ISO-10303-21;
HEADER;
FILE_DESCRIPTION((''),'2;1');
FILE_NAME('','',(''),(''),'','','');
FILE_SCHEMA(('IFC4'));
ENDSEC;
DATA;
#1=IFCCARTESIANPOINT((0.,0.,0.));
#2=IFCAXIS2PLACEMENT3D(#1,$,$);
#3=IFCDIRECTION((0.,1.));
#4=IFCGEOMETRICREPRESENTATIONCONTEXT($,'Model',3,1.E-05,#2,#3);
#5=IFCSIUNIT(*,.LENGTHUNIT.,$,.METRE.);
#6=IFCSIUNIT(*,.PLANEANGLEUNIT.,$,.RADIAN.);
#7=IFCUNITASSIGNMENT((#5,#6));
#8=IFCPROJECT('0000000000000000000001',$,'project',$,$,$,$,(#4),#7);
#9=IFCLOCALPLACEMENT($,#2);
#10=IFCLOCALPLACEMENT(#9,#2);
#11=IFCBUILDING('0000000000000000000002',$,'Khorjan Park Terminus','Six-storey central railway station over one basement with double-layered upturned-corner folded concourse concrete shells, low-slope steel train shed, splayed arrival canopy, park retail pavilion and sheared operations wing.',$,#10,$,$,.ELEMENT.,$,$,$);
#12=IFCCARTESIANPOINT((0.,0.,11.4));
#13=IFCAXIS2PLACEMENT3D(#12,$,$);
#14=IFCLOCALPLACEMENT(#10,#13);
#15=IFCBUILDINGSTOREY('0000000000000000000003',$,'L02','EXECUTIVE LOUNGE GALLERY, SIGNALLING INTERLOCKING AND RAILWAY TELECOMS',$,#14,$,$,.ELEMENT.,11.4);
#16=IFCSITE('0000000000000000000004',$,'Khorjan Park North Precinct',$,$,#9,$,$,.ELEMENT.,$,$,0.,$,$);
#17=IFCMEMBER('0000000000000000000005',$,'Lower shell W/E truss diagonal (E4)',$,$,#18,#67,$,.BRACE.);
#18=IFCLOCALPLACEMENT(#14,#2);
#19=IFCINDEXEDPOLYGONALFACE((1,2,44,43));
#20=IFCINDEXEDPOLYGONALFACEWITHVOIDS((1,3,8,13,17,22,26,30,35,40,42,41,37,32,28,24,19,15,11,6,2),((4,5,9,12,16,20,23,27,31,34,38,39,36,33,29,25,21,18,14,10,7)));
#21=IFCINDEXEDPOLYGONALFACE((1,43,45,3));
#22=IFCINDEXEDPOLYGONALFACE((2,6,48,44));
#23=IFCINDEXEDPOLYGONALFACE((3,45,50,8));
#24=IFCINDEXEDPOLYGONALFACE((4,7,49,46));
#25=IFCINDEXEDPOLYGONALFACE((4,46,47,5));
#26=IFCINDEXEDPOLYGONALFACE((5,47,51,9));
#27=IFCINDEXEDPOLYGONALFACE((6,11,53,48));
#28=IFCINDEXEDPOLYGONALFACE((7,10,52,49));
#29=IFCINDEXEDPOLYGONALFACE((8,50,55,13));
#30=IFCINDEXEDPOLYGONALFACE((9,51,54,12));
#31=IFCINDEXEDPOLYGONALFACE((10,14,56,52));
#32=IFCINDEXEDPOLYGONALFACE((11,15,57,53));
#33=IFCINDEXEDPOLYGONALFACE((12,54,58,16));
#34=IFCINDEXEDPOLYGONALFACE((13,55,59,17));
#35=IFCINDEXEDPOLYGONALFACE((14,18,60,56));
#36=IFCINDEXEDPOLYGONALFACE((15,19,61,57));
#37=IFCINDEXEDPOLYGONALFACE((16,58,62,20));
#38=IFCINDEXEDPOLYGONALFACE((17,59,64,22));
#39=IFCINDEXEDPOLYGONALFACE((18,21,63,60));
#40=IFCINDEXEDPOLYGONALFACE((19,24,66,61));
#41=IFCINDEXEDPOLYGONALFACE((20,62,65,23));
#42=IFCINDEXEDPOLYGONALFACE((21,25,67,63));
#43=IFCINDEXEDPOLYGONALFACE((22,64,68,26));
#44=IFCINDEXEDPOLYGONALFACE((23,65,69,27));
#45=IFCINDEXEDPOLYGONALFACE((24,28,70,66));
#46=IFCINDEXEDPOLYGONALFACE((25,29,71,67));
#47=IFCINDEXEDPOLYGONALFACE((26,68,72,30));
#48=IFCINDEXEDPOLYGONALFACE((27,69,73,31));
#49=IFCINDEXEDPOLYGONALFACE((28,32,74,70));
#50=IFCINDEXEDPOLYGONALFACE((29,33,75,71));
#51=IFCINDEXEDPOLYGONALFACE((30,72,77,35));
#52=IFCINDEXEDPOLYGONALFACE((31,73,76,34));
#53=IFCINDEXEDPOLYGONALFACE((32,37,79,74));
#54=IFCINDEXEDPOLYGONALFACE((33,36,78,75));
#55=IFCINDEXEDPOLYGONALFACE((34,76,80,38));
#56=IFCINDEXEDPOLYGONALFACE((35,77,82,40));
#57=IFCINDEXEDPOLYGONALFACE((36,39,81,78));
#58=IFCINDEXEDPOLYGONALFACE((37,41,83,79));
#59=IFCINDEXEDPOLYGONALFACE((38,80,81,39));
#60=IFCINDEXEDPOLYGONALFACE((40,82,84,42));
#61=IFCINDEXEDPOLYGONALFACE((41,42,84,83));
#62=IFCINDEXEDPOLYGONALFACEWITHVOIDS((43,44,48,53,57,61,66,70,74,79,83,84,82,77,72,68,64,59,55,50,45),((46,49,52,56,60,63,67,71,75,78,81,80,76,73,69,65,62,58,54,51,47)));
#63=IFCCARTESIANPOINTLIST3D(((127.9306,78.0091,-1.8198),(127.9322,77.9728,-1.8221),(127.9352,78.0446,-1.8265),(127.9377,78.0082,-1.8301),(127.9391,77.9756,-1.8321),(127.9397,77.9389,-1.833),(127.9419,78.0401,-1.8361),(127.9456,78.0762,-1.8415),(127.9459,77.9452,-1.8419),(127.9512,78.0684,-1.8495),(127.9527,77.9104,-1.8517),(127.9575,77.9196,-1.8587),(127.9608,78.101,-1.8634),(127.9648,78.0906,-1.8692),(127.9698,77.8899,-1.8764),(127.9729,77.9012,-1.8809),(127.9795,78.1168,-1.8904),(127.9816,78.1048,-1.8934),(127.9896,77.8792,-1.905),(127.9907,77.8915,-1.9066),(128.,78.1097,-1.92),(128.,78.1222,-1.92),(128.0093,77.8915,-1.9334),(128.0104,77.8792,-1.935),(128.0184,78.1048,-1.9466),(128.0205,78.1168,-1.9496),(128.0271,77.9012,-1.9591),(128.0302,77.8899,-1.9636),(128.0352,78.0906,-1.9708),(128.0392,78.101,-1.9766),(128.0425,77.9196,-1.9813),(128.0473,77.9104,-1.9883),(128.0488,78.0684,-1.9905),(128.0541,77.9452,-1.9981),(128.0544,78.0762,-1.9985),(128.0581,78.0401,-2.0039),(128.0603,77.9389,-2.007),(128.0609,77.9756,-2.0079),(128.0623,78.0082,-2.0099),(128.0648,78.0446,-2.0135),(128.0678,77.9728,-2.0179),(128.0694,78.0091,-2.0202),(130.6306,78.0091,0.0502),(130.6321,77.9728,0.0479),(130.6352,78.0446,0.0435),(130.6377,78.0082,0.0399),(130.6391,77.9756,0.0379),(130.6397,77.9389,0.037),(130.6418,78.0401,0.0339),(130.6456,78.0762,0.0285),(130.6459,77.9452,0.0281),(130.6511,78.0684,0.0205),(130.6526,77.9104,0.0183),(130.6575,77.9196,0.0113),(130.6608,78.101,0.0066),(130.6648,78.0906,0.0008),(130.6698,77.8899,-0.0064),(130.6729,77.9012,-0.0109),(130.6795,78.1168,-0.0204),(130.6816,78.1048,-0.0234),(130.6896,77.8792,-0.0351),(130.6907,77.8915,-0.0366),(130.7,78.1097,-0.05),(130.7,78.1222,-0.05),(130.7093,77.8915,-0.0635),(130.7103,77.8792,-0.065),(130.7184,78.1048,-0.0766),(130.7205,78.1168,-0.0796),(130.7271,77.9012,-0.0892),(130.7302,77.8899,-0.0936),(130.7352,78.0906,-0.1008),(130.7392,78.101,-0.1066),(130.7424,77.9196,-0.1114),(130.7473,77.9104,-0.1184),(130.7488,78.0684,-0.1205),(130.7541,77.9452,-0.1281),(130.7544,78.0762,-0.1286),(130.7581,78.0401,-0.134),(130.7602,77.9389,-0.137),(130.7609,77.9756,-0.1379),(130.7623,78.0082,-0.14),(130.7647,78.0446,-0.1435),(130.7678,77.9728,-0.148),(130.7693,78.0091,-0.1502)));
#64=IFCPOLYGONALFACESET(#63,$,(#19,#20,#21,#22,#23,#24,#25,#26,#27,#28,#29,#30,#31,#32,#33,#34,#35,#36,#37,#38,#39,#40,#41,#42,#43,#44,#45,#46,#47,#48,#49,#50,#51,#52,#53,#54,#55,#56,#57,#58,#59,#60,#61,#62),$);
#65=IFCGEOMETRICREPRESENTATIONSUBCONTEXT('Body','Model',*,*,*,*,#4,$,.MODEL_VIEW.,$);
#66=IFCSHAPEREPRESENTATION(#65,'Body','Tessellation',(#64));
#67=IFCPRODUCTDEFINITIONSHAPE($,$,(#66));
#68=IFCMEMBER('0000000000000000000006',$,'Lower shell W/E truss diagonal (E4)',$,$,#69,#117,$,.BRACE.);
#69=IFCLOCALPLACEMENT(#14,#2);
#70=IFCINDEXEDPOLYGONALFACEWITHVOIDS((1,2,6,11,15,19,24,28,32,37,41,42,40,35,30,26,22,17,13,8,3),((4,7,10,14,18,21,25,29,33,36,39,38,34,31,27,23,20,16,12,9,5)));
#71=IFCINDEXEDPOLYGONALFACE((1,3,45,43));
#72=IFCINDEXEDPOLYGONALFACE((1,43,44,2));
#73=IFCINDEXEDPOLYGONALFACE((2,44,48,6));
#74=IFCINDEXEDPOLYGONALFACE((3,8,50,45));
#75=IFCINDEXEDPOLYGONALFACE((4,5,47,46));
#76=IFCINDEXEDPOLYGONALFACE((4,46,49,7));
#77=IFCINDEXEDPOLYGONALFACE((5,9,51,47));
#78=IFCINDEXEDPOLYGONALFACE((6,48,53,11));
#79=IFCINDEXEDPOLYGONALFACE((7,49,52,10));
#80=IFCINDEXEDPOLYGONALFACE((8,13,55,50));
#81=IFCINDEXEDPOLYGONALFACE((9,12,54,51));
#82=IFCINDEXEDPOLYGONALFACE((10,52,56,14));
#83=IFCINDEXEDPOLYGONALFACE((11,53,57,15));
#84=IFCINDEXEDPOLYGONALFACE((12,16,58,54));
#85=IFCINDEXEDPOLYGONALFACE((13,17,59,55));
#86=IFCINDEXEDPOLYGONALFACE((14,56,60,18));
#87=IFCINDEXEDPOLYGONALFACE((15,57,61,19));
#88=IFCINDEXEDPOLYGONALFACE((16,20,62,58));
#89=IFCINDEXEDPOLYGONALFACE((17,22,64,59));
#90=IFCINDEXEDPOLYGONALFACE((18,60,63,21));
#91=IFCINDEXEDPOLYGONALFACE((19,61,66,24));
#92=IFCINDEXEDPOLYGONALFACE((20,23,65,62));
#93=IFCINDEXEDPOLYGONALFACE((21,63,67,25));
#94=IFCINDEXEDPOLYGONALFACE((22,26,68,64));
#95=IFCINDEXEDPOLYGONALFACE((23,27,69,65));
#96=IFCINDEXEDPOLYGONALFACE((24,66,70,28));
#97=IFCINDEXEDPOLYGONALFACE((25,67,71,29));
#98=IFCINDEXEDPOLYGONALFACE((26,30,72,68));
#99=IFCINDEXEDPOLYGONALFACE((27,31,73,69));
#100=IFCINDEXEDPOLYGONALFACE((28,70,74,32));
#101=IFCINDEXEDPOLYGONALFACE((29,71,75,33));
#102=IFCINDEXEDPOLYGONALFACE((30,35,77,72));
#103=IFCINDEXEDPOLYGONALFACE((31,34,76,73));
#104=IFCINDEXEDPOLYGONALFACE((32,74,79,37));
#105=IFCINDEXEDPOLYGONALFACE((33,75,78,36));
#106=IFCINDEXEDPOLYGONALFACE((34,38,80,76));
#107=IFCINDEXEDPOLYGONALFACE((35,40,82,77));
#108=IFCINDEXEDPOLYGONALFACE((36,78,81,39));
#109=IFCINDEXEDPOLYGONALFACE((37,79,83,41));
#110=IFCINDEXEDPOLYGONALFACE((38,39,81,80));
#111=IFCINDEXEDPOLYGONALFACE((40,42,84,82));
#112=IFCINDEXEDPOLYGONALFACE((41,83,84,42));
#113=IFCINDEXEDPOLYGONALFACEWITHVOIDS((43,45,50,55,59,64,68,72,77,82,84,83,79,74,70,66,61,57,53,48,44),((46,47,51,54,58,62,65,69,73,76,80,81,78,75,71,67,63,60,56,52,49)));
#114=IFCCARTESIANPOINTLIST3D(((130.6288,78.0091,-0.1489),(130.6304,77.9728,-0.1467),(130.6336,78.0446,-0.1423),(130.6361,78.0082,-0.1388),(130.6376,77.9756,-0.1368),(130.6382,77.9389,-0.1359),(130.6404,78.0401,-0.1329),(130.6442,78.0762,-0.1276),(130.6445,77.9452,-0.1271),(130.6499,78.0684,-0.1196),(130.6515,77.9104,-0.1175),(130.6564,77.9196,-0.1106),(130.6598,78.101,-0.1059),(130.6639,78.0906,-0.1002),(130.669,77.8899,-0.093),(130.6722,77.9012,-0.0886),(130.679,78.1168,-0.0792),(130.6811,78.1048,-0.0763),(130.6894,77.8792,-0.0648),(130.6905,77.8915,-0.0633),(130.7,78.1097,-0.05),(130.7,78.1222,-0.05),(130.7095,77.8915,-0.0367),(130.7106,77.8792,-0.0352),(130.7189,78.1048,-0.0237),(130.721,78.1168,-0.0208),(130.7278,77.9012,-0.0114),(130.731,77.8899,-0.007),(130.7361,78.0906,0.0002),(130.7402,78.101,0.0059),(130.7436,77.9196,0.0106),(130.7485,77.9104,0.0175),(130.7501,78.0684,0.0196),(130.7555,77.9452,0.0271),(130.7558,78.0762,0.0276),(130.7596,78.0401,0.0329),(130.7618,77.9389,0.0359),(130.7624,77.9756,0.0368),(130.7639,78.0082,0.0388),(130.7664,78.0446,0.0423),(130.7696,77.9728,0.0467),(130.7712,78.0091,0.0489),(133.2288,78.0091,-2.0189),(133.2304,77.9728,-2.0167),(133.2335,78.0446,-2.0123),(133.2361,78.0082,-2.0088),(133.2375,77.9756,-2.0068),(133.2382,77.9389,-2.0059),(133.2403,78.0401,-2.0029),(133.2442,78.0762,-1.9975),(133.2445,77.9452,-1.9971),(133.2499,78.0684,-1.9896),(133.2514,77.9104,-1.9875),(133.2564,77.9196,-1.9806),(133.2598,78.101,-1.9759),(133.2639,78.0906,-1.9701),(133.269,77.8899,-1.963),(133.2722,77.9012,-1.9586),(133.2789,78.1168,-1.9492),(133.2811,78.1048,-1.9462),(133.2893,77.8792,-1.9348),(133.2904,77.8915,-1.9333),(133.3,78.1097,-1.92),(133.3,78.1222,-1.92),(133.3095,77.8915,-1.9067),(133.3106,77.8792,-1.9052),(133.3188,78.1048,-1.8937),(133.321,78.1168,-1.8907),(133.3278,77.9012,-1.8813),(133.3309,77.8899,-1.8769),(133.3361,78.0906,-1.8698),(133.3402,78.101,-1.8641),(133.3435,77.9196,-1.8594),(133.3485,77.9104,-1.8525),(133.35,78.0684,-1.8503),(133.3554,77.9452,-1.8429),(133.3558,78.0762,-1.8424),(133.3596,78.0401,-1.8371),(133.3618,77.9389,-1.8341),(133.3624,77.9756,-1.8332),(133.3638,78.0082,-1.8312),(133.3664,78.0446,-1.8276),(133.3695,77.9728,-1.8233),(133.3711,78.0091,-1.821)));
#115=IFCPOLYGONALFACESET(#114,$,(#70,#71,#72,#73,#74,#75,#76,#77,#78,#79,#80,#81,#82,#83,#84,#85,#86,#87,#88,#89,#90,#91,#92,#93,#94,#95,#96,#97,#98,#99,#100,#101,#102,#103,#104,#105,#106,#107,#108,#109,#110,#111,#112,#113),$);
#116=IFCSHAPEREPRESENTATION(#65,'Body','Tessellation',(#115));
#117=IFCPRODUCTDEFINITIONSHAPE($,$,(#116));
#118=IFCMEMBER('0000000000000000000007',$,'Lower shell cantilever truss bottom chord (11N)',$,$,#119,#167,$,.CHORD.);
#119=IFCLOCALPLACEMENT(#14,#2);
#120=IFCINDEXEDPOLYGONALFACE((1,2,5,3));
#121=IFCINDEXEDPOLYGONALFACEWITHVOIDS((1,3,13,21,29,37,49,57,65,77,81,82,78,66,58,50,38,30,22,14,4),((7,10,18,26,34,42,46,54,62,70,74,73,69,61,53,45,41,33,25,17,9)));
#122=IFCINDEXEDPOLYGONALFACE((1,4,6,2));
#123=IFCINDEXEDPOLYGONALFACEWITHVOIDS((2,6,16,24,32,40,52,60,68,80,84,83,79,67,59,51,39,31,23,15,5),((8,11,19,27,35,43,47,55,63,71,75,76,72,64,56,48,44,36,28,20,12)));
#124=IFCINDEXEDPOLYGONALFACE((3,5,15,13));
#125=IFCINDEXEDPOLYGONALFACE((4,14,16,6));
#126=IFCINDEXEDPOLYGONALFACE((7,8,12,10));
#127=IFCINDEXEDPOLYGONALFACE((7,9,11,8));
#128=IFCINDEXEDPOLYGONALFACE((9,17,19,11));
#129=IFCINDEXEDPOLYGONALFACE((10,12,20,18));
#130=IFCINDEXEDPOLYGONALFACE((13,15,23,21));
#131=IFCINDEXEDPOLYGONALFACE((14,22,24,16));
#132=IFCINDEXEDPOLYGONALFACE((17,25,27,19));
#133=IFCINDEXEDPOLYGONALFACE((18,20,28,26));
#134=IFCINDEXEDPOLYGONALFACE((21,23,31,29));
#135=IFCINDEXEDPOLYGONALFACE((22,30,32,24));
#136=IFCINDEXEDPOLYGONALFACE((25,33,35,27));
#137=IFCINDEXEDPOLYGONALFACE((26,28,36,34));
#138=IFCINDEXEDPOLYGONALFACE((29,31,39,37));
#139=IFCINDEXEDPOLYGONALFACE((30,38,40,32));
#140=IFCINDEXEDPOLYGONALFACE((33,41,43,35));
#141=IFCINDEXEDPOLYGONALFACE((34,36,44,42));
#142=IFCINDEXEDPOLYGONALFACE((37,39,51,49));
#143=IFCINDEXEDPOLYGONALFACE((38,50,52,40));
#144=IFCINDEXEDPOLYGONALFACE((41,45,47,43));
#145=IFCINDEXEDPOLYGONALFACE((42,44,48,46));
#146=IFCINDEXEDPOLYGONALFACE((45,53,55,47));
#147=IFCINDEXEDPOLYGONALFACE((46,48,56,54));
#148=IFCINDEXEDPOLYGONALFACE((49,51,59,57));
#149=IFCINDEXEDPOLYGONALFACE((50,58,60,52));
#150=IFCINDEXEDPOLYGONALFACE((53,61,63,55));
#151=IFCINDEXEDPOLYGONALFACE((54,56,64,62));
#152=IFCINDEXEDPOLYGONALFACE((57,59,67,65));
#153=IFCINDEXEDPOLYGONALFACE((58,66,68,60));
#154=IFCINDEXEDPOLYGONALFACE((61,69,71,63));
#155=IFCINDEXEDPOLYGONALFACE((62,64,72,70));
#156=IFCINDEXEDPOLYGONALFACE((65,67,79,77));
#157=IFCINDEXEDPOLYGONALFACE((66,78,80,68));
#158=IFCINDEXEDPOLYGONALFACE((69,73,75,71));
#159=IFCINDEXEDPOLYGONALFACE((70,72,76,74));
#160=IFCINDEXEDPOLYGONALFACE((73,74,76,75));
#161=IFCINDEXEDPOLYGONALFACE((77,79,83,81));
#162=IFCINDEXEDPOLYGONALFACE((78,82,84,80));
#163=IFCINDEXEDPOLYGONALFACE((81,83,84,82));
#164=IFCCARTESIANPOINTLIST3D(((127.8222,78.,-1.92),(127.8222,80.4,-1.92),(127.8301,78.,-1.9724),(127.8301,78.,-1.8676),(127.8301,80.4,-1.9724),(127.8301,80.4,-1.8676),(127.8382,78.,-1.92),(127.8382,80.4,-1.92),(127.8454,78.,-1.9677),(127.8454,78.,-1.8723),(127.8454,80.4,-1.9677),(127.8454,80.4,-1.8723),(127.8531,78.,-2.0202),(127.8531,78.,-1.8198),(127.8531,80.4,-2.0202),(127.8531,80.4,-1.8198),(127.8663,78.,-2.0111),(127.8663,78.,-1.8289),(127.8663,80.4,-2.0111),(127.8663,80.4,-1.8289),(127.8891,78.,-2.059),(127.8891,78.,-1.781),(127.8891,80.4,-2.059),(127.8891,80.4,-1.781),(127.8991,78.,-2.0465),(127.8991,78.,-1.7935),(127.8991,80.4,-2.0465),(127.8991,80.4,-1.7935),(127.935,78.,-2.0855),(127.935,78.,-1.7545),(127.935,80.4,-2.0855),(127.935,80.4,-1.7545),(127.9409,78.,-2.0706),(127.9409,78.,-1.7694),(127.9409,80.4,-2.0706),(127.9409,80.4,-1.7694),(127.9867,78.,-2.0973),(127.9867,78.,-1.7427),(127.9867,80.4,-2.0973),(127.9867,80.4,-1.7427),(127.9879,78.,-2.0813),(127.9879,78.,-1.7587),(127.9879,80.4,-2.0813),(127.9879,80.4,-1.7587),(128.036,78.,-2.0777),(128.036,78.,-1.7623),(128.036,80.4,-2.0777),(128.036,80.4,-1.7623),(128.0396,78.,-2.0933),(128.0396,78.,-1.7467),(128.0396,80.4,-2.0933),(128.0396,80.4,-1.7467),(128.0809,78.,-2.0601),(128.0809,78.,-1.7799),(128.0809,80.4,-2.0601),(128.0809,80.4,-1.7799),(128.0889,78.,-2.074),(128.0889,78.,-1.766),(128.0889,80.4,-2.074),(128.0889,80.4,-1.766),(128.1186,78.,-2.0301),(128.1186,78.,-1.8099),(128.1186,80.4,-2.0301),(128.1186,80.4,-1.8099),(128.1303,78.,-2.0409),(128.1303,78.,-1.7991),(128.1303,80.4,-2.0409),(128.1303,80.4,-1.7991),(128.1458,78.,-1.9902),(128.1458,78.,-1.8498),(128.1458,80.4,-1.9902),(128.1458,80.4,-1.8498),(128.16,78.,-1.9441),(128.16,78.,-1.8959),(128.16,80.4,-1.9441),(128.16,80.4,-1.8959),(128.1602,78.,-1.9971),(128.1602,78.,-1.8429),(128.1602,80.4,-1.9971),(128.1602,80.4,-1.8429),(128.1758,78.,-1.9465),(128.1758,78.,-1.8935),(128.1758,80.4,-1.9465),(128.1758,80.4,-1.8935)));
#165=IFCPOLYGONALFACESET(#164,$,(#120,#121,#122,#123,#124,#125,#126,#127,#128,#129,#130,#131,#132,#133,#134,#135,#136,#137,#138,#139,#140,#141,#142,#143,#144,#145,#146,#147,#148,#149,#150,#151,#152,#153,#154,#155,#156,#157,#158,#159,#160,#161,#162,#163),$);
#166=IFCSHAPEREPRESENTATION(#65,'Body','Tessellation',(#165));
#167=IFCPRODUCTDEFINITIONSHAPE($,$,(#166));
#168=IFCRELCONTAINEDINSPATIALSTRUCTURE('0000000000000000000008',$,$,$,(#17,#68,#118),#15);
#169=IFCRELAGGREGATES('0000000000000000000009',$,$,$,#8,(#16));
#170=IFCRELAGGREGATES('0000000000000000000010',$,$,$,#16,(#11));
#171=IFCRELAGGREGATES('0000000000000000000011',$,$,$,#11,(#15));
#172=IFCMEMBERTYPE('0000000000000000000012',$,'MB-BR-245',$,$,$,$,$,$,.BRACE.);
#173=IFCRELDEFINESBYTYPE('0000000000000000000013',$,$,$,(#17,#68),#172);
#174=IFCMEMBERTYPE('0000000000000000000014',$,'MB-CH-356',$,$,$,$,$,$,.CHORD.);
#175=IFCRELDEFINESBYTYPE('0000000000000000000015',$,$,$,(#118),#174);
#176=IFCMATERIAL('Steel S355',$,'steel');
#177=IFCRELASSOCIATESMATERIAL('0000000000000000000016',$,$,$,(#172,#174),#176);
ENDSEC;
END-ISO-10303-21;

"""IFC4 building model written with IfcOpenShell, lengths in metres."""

from ifc_helpers import new_model, si_unit, direction, frame, origin, origin_2d, place, context, subcontext, project, spatial, hollow_circle, extrude, material, material_profile, profile_set, type_object, element, save


model = new_model("IFC4")

# Units and contexts
model_context = context("Model", 3, precision=1e-05, world=origin(), true_north=direction((0.0, 1.0)))
body_context = subcontext(model_context, "Body", "Model", "MODEL_VIEW")
ifc_project = project(units=[si_unit("LENGTHUNIT", "METRE"), si_unit("PLANEANGLEUNIT", "RADIAN")], contexts=[model_context])

# Site, building, storey
site_placement = place(None, origin())
site = spatial("IfcSite", under=ifc_project, at=site_placement, Name="Khorjan Park North Precinct", CompositionType="ELEMENT", RefElevation=0.0)
building_placement = place(site_placement, origin())
building = spatial("IfcBuilding", under=site, at=building_placement, Name="Khorjan Park Terminus", Description="Six-storey central railway station over one basement with double-layered upturned-corner folded concourse concrete shells, low-slope steel train shed, splayed arrival canopy, park retail pavilion and sheared operations wing.", CompositionType="ELEMENT")
storey_placement = place(building_placement, frame((0.0, 0.0, 11.4)))
storey = spatial("IfcBuildingStorey", under=building, at=storey_placement, Name="L02", Description="EXECUTIVE LOUNGE GALLERY, SIGNALLING INTERLOCKING AND RAILWAY TELECOMS", CompositionType="ELEMENT", Elevation=11.4)

# Shared definitions
ifc_material_1 = material(Name="Steel S355", Category="steel")

# Members
ifc_material_profile_1 = material_profile(ifc_material_1, hollow_circle(Radius=0.1222, WallThickness=0.0125, at=origin_2d()), Name="CHS 244.5x12.5")
ifc_profile_set_1 = profile_set([ifc_material_profile_1], Name="Steel S355")
member_type_1 = type_object("IfcMemberType", Name="MB-BR-245", PredefinedType="BRACE", material=ifc_profile_set_1)
member_1_placement = place(storey_placement, frame((128.0, 78.0, -1.92), z_axis=(0.822083, 0.0, 0.569368), x_axis=(0.0, 1.0, 0.0)))
element("IfcMember", 1, at=member_1_placement, inside=storey, type_object=member_type_1, Name="Lower shell W/E truss diagonal (E4)", PredefinedType="BRACE", context=body_context, shape_type="SweptSolid", body=[
    extrude(hollow_circle(Radius=0.1222, WallThickness=0.0125, at=origin_2d()), origin(), (0.0, 0.0, 1.0), 3.2843),
])
member_2_placement = place(storey_placement, frame((130.7, 78.0, -0.05), z_axis=(0.81183, 0.0, -0.583893), x_axis=(0.0, 1.0, 0.0)))
element("IfcMember", 2, at=member_2_placement, inside=storey, type_object=member_type_1, Name="Lower shell W/E truss diagonal (E4)", PredefinedType="BRACE", context=body_context, shape_type="SweptSolid", body=[
    extrude(hollow_circle(Radius=0.1222, WallThickness=0.0125, at=origin_2d()), origin(), (0.0, 0.0, 1.0), 3.2026),
])
ifc_material_profile_2 = material_profile(ifc_material_1, hollow_circle(Radius=0.1778, WallThickness=0.016, at=origin_2d()), Name="CHS 355.6x16")
ifc_profile_set_2 = profile_set([ifc_material_profile_2], Name="Steel S355")
member_type_2 = type_object("IfcMemberType", Name="MB-CH-356", PredefinedType="CHORD", material=ifc_profile_set_2)
member_3_placement = place(storey_placement, frame((128.0, 78.0, -1.92), z_axis=(0.0, 1.0, 0.0), x_axis=(-1.0, 0.0, 0.0)))
element("IfcMember", 3, at=member_3_placement, inside=storey, type_object=member_type_2, Name="Lower shell cantilever truss bottom chord (11N)", PredefinedType="CHORD", context=body_context, shape_type="SweptSolid", body=[
    extrude(hollow_circle(Radius=0.1778, WallThickness=0.016, at=origin_2d()), origin(), (0.0, 0.0, 1.0), 2.4),
])

save(model, "model.ifc")
